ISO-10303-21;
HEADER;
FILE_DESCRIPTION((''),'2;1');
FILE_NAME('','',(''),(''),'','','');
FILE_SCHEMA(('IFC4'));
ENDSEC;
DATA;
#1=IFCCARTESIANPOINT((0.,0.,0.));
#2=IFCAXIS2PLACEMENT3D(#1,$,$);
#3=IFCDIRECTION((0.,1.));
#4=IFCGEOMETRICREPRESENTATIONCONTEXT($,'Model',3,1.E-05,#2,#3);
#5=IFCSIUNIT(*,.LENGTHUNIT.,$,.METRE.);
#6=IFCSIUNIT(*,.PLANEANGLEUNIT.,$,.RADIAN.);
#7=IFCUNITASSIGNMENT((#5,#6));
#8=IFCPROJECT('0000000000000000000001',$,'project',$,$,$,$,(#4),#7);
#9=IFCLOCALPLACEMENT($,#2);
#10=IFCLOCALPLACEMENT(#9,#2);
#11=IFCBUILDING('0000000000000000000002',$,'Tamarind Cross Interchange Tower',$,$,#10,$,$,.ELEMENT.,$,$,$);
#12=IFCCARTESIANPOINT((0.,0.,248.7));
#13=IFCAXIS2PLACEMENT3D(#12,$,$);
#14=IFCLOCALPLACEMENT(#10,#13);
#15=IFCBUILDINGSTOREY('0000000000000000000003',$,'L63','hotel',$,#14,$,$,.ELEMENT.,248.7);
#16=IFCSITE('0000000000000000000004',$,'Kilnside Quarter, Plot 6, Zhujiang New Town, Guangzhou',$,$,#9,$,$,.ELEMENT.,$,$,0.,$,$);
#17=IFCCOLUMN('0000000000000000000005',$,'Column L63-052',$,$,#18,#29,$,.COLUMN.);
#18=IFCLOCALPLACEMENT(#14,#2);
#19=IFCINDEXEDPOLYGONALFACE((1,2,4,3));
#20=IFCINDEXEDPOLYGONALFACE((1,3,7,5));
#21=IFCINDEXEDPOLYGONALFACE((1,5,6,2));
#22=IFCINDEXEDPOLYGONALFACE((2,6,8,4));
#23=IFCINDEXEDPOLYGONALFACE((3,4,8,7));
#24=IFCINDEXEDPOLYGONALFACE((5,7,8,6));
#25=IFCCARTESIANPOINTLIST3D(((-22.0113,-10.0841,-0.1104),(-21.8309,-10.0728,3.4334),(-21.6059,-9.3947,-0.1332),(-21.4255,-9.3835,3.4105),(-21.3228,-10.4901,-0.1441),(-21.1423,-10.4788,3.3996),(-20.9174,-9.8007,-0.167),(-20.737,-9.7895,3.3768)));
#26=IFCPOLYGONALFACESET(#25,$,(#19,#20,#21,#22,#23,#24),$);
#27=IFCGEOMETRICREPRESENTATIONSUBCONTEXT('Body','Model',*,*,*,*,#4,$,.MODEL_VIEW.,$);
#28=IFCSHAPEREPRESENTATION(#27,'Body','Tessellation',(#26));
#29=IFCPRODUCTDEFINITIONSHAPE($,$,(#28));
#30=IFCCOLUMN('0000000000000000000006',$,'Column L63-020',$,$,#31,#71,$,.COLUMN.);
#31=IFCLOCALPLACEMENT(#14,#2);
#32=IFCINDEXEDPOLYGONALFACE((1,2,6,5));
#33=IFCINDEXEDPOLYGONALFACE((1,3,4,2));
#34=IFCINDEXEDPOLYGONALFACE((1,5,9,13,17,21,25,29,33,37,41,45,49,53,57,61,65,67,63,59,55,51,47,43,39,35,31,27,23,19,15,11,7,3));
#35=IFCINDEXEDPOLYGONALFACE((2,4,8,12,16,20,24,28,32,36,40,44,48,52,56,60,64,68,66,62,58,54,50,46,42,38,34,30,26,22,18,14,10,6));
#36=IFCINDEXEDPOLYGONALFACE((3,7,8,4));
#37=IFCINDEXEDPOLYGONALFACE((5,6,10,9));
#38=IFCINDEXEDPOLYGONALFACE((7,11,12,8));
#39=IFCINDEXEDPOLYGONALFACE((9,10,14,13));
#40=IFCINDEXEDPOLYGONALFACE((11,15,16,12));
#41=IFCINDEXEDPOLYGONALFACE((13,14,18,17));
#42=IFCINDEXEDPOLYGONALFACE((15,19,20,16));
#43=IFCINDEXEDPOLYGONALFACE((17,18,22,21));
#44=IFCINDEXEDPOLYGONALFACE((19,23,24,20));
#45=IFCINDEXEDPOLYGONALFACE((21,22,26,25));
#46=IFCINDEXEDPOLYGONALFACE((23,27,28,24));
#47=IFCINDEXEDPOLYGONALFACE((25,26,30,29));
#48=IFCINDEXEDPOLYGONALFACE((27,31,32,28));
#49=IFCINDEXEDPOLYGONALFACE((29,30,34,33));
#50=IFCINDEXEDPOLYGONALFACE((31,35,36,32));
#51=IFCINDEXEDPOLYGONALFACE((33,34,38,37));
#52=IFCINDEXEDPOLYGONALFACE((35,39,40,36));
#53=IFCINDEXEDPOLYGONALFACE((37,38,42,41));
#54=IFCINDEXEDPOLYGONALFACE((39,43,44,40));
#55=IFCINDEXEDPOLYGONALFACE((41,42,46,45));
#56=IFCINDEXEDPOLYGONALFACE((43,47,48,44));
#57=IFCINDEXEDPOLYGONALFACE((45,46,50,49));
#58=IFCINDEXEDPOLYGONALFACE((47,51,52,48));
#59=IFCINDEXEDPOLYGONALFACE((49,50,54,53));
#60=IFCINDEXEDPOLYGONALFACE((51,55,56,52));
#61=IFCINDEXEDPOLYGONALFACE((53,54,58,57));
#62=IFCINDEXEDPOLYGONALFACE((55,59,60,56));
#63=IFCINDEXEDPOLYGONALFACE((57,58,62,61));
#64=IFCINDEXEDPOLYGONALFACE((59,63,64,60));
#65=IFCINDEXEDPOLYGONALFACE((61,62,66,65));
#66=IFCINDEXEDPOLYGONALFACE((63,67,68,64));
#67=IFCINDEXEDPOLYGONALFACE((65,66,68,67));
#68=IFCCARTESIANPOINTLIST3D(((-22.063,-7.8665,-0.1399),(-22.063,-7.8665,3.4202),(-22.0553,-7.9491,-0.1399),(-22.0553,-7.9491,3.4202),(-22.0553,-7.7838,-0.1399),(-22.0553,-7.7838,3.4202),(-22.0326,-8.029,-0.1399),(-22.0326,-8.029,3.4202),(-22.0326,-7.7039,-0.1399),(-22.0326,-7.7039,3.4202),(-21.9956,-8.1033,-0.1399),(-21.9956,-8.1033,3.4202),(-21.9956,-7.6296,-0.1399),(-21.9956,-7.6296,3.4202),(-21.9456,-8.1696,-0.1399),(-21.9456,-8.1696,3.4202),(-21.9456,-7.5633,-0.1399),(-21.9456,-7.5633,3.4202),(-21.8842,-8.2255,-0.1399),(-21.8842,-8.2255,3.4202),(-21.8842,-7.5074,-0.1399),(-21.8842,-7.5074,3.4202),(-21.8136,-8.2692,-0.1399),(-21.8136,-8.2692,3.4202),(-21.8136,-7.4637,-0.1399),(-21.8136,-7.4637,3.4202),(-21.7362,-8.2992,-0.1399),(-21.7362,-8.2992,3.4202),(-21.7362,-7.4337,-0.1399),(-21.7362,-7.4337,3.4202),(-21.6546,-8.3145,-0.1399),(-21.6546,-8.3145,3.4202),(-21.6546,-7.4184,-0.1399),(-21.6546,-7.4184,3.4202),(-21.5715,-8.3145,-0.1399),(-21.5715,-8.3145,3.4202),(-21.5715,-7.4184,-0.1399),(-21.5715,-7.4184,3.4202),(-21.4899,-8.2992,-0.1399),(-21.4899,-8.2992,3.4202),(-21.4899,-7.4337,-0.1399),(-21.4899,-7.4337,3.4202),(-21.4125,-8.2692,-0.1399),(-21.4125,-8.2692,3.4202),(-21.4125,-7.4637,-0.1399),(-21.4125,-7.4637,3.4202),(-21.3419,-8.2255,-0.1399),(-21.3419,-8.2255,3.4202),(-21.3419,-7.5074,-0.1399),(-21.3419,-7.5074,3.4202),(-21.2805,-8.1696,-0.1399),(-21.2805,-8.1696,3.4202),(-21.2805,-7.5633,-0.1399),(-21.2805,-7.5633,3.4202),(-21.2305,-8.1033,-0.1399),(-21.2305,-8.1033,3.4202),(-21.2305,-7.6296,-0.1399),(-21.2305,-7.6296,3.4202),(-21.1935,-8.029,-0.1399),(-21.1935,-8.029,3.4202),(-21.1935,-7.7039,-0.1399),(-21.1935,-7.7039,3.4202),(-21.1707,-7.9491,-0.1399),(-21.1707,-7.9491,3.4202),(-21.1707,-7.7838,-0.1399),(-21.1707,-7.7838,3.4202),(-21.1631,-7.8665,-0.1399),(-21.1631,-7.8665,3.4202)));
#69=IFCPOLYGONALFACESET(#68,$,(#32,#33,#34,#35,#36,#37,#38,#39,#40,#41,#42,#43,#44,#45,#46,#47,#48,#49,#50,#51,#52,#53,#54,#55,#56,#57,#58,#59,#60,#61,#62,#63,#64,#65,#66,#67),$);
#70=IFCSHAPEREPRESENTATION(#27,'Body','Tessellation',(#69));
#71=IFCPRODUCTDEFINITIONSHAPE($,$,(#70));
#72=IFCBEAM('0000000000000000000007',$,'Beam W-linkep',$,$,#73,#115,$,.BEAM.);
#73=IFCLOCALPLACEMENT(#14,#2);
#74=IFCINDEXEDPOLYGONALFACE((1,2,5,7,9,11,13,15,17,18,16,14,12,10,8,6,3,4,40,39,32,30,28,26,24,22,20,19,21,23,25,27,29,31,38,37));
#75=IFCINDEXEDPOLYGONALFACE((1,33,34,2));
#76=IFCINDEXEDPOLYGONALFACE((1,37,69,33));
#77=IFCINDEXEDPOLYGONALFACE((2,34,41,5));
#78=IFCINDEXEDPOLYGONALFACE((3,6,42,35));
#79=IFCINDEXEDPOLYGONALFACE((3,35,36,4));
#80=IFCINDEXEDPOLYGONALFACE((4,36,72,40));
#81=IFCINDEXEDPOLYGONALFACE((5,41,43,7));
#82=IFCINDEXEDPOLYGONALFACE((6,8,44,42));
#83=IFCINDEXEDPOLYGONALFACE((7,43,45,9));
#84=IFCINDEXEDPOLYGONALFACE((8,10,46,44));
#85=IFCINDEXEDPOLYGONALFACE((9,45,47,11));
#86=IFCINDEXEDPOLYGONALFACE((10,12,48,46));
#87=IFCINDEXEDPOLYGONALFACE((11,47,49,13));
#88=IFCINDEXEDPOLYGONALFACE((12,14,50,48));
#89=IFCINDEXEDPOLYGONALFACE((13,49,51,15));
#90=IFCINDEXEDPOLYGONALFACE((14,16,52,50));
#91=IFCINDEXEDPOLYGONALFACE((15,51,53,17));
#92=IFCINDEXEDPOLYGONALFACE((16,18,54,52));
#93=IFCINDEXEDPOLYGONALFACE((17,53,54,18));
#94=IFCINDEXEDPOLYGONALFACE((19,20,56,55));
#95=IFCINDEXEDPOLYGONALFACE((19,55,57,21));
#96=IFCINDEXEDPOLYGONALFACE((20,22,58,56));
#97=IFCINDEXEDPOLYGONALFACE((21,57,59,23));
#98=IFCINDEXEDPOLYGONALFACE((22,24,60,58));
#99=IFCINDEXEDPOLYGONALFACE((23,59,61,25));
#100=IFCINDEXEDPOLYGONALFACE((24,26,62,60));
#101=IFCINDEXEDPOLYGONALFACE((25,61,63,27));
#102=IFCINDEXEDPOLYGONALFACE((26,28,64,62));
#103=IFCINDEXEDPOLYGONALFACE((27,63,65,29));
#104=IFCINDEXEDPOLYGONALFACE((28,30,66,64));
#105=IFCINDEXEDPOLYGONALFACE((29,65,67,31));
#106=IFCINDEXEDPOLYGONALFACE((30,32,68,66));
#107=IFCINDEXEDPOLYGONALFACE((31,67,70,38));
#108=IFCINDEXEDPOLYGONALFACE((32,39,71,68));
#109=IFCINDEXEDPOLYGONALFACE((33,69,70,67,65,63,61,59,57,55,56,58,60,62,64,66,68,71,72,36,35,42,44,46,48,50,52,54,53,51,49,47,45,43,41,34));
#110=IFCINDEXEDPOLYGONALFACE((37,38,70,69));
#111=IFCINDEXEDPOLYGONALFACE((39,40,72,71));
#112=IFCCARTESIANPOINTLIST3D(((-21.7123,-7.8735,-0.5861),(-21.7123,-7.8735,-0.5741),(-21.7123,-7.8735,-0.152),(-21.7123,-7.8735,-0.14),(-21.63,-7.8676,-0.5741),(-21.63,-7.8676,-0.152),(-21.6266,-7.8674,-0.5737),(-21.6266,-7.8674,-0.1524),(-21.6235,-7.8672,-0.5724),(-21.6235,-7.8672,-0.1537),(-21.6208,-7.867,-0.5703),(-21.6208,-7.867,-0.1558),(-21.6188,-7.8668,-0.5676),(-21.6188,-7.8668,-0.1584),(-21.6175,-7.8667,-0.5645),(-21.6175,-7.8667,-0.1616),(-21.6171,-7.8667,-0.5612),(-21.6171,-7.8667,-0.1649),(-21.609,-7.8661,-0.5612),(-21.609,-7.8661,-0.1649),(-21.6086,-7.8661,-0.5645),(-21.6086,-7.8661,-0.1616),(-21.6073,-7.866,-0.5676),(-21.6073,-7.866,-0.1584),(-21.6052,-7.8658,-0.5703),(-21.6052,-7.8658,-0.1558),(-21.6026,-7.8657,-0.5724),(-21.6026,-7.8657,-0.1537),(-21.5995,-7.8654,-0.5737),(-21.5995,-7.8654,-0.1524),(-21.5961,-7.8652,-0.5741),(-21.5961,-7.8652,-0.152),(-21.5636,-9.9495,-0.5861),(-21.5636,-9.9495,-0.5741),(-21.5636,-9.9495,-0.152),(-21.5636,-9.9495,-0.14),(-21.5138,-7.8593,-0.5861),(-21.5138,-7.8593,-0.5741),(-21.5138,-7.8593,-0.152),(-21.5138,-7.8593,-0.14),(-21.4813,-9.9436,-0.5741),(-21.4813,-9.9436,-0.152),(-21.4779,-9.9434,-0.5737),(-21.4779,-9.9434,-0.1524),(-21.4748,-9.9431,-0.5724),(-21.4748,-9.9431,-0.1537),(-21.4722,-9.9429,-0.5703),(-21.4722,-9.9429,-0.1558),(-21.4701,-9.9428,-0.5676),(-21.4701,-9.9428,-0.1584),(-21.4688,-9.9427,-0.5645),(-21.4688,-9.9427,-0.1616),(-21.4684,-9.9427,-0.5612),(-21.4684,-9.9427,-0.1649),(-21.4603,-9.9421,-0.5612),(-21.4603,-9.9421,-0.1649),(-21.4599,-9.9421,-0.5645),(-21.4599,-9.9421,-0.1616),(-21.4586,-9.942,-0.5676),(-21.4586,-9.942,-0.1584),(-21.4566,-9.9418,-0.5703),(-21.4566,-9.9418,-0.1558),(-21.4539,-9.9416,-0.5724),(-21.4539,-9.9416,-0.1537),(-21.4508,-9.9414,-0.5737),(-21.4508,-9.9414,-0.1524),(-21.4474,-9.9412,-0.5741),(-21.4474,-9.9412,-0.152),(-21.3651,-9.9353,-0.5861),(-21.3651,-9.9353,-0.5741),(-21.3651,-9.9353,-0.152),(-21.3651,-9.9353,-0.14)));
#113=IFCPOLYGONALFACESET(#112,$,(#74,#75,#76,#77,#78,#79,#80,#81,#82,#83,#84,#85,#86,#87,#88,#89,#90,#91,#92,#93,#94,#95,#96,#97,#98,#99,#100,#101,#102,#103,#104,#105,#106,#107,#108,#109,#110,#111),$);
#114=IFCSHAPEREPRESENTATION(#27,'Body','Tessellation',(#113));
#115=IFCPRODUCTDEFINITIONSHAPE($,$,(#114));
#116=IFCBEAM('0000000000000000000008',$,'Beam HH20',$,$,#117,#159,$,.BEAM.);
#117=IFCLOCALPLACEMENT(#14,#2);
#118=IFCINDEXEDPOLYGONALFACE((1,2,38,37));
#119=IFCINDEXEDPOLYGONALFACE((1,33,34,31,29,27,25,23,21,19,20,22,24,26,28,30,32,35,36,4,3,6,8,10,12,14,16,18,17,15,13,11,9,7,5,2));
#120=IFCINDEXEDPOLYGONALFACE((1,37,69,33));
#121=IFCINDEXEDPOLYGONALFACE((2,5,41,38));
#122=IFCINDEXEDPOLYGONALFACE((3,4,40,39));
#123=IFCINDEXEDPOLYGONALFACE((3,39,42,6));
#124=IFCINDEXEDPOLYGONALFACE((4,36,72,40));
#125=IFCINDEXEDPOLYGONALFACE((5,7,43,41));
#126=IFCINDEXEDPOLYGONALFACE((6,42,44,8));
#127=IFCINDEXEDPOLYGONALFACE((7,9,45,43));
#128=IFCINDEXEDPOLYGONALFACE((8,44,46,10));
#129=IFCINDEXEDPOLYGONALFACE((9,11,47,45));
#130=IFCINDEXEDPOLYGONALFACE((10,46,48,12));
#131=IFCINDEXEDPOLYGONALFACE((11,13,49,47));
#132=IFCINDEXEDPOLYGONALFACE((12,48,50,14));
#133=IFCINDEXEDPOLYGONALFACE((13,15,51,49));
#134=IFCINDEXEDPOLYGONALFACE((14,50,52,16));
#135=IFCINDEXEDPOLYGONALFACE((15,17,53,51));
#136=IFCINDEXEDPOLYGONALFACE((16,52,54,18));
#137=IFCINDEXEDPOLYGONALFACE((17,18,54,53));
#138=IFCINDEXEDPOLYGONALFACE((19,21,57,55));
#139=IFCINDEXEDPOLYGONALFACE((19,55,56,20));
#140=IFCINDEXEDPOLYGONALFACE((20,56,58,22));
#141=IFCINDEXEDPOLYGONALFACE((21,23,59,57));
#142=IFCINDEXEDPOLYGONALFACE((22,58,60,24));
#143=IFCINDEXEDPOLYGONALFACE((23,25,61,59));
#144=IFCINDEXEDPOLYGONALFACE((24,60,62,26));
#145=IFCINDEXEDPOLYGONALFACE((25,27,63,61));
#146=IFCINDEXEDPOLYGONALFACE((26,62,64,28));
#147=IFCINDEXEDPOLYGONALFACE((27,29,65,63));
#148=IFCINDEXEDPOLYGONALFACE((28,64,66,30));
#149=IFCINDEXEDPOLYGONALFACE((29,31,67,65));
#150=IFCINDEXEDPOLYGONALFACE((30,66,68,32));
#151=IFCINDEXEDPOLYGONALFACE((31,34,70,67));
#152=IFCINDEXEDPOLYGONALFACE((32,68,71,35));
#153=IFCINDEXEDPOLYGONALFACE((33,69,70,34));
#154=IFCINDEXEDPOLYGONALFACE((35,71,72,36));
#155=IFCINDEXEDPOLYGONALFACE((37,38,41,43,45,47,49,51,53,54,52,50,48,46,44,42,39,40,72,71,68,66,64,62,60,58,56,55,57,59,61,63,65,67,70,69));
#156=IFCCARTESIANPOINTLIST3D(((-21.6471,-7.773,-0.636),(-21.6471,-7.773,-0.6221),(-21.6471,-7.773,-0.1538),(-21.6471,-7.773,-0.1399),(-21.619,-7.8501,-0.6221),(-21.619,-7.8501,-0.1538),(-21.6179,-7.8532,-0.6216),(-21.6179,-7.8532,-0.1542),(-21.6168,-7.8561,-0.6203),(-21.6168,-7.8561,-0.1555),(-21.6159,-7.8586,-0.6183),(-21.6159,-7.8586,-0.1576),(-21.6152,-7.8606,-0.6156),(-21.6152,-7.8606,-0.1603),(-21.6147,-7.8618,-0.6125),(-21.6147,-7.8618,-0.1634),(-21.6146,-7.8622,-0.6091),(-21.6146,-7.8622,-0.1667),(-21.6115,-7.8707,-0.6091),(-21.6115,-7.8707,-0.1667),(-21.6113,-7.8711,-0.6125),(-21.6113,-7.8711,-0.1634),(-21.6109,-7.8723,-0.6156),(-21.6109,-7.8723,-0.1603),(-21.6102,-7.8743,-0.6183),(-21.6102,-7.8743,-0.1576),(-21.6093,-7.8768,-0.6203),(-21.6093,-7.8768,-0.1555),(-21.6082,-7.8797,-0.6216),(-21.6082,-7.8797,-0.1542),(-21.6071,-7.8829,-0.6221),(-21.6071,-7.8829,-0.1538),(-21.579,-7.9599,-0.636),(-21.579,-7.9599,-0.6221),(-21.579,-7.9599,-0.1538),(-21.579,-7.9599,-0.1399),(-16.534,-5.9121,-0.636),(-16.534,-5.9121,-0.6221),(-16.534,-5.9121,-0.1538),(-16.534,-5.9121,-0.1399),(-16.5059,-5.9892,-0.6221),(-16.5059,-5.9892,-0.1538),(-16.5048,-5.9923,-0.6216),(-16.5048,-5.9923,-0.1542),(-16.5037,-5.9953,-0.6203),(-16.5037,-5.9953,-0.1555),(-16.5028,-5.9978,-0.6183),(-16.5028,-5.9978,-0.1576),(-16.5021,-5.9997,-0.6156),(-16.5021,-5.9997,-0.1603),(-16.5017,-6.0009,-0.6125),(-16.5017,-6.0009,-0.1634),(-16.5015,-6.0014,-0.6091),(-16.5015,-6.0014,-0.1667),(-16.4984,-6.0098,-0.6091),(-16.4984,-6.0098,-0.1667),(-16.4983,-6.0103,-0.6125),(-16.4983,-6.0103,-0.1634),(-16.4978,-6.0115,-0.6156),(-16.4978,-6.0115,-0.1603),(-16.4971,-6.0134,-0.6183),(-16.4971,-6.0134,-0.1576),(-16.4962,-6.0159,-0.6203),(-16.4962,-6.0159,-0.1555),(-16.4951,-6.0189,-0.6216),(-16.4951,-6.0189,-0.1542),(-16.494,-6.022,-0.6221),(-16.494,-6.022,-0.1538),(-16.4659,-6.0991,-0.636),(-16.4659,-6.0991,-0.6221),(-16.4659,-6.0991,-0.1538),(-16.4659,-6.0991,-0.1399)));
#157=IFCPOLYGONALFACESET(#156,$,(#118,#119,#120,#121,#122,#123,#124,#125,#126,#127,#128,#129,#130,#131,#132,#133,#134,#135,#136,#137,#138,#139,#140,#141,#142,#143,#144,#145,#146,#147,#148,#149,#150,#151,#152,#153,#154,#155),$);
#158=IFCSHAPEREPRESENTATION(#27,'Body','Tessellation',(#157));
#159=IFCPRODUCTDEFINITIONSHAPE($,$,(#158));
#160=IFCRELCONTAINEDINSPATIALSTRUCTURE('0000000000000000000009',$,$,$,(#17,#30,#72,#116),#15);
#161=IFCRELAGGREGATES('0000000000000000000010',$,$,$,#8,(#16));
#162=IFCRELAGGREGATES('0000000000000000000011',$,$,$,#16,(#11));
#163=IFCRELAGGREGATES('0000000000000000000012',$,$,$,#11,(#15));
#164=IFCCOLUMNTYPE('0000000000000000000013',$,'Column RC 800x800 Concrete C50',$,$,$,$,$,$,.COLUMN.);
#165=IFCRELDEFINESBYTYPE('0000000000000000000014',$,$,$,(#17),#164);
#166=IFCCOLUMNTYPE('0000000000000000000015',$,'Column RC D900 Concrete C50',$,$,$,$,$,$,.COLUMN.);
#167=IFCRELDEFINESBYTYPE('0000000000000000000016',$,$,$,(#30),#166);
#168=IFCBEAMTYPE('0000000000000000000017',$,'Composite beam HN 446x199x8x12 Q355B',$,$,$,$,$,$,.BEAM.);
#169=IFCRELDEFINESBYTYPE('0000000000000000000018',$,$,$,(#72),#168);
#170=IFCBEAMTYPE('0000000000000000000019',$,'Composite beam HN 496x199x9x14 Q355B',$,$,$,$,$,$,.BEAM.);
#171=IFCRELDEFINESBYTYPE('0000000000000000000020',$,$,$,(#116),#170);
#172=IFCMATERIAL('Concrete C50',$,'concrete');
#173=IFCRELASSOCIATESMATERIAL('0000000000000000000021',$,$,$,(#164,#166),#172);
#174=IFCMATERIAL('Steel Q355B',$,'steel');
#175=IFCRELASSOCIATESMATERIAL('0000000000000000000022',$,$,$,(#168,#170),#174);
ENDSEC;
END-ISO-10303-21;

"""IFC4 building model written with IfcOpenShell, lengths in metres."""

from ifc_helpers import new_model, si_unit, direction, frame, origin, origin_2d, place, context, subcontext, project, spatial, rectangle, circle, i_section, extrude, material, material_profile, profile_set, type_object, element, save


model = new_model("IFC4")

# Units and contexts
model_context = context("Model", 3, precision=1e-05, world=origin(), true_north=direction((0.0, 1.0)))
body_context = subcontext(model_context, "Body", "Model", "MODEL_VIEW")
ifc_project = project(units=[si_unit("LENGTHUNIT", "METRE"), si_unit("PLANEANGLEUNIT", "RADIAN")], contexts=[model_context])

# Site, building, storey
site_placement = place(None, origin())
site = spatial("IfcSite", under=ifc_project, at=site_placement, Name="Kilnside Quarter, Plot 6, Zhujiang New Town, Guangzhou", CompositionType="ELEMENT", RefElevation=0.0)
building_placement = place(site_placement, origin())
building = spatial("IfcBuilding", under=site, at=building_placement, Name="Tamarind Cross Interchange Tower", CompositionType="ELEMENT")
storey_placement = place(building_placement, frame((0.0, 0.0, 248.7)))
storey = spatial("IfcBuildingStorey", under=building, at=storey_placement, Name="L63", Description="hotel", CompositionType="ELEMENT", Elevation=248.7)

# Columns
ifc_material_1 = material(Name="Concrete C50", Category="concrete")
ifc_material_profile_1 = material_profile(ifc_material_1, rectangle(XDim=0.8, YDim=0.8, at=origin_2d()), Name="RC 800x800")
ifc_profile_set_1 = profile_set([ifc_material_profile_1], Name="Concrete C50")
column_type_1 = type_object("IfcColumnType", Name="Column RC 800x800 Concrete C50", PredefinedType="COLUMN", material=ifc_profile_set_1)
column_1_placement = place(storey_placement, frame((-21.4644, -9.9424, -0.1387), z_axis=(0.050847, 0.003165, 0.998701), x_axis=(-0.860635, 0.50747, 0.042209)))
element("IfcColumn", 1, at=column_1_placement, inside=storey, type_object=column_type_1, Name="Column L63-052", PredefinedType="COLUMN", context=body_context, shape_type="SweptSolid", body=[
    extrude(rectangle(XDim=0.8, YDim=0.8, at=origin_2d()), origin(), (0.0, 0.0, 1.0), 3.5483),
])
ifc_material_profile_2 = material_profile(ifc_material_1, circle(Radius=0.45, at=origin_2d()), Name="RC D900")
ifc_profile_set_2 = profile_set([ifc_material_profile_2], Name="Concrete C50")
column_type_2 = type_object("IfcColumnType", Name="Column RC D900 Concrete C50", PredefinedType="COLUMN", material=ifc_profile_set_2)
column_2_placement = place(storey_placement, frame((-21.613, -7.8665, -0.1399), z_axis=(0.0, 0.0, 1.0), x_axis=(1.0, 0.0, 0.0)))
element("IfcColumn", 2, at=column_2_placement, inside=storey, type_object=column_type_2, Name="Column L63-020", PredefinedType="COLUMN", context=body_context, shape_type="SweptSolid", body=[
    extrude(circle(Radius=0.45, at=origin_2d()), origin(), (0.0, 0.0, 1.0), 3.5601),
])

# Beams
ifc_material_2 = material(Name="Steel Q355B", Category="steel")
ifc_material_profile_3 = material_profile(ifc_material_2, i_section(OverallWidth=0.199, OverallDepth=0.446, WebThickness=0.0081, FlangeThickness=0.012, FilletRadius=0.0129, at=origin_2d()), Name="HN 446x199x8x12")
ifc_profile_set_3 = profile_set([ifc_material_profile_3], Name="Steel Q355B")
beam_type_1 = type_object("IfcBeamType", Name="Composite beam HN 446x199x8x12 Q355B", PredefinedType="BEAM", material=ifc_profile_set_3)
beam_1_placement = place(storey_placement, frame((-21.4644, -9.9424, -0.363), z_axis=(-0.071439, 0.997445, 0.0), x_axis=(-0.997445, -0.071439, 0.0)))
element("IfcBeam", 3, at=beam_1_placement, inside=storey, type_object=beam_type_1, Name="Beam W-linkep", PredefinedType="BEAM", context=body_context, shape_type="SweptSolid", body=[
    extrude(i_section(OverallWidth=0.199, OverallDepth=0.446, WebThickness=0.0081, FlangeThickness=0.012, FilletRadius=0.0129, at=origin_2d()), origin(), (0.0, 0.0, 1.0), 2.0813),
])
ifc_material_profile_4 = material_profile(ifc_material_2, i_section(OverallWidth=0.199, OverallDepth=0.4961, WebThickness=0.009, FlangeThickness=0.0139, FilletRadius=0.0129, at=origin_2d()), Name="HN 496x199x9x14")
ifc_profile_set_4 = profile_set([ifc_material_profile_4], Name="Steel Q355B")
beam_type_2 = type_object("IfcBeamType", Name="Composite beam HN 496x199x9x14 Q355B", PredefinedType="BEAM", material=ifc_profile_set_4)
beam_2_placement = place(storey_placement, frame((-21.613, -7.8665, -0.3879), z_axis=(0.939702, 0.341995, 0.0), x_axis=(-0.341995, 0.939702, 0.0)))
element("IfcBeam", 4, at=beam_2_placement, inside=storey, type_object=beam_type_2, Name="Beam HH20", PredefinedType="BEAM", context=body_context, shape_type="SweptSolid", body=[
    extrude(i_section(OverallWidth=0.199, OverallDepth=0.4961, WebThickness=0.009, FlangeThickness=0.0139, FilletRadius=0.0129, at=origin_2d()), origin(), (0.0, 0.0, 1.0), 5.4412),
])

save(model, "model.ifc")
